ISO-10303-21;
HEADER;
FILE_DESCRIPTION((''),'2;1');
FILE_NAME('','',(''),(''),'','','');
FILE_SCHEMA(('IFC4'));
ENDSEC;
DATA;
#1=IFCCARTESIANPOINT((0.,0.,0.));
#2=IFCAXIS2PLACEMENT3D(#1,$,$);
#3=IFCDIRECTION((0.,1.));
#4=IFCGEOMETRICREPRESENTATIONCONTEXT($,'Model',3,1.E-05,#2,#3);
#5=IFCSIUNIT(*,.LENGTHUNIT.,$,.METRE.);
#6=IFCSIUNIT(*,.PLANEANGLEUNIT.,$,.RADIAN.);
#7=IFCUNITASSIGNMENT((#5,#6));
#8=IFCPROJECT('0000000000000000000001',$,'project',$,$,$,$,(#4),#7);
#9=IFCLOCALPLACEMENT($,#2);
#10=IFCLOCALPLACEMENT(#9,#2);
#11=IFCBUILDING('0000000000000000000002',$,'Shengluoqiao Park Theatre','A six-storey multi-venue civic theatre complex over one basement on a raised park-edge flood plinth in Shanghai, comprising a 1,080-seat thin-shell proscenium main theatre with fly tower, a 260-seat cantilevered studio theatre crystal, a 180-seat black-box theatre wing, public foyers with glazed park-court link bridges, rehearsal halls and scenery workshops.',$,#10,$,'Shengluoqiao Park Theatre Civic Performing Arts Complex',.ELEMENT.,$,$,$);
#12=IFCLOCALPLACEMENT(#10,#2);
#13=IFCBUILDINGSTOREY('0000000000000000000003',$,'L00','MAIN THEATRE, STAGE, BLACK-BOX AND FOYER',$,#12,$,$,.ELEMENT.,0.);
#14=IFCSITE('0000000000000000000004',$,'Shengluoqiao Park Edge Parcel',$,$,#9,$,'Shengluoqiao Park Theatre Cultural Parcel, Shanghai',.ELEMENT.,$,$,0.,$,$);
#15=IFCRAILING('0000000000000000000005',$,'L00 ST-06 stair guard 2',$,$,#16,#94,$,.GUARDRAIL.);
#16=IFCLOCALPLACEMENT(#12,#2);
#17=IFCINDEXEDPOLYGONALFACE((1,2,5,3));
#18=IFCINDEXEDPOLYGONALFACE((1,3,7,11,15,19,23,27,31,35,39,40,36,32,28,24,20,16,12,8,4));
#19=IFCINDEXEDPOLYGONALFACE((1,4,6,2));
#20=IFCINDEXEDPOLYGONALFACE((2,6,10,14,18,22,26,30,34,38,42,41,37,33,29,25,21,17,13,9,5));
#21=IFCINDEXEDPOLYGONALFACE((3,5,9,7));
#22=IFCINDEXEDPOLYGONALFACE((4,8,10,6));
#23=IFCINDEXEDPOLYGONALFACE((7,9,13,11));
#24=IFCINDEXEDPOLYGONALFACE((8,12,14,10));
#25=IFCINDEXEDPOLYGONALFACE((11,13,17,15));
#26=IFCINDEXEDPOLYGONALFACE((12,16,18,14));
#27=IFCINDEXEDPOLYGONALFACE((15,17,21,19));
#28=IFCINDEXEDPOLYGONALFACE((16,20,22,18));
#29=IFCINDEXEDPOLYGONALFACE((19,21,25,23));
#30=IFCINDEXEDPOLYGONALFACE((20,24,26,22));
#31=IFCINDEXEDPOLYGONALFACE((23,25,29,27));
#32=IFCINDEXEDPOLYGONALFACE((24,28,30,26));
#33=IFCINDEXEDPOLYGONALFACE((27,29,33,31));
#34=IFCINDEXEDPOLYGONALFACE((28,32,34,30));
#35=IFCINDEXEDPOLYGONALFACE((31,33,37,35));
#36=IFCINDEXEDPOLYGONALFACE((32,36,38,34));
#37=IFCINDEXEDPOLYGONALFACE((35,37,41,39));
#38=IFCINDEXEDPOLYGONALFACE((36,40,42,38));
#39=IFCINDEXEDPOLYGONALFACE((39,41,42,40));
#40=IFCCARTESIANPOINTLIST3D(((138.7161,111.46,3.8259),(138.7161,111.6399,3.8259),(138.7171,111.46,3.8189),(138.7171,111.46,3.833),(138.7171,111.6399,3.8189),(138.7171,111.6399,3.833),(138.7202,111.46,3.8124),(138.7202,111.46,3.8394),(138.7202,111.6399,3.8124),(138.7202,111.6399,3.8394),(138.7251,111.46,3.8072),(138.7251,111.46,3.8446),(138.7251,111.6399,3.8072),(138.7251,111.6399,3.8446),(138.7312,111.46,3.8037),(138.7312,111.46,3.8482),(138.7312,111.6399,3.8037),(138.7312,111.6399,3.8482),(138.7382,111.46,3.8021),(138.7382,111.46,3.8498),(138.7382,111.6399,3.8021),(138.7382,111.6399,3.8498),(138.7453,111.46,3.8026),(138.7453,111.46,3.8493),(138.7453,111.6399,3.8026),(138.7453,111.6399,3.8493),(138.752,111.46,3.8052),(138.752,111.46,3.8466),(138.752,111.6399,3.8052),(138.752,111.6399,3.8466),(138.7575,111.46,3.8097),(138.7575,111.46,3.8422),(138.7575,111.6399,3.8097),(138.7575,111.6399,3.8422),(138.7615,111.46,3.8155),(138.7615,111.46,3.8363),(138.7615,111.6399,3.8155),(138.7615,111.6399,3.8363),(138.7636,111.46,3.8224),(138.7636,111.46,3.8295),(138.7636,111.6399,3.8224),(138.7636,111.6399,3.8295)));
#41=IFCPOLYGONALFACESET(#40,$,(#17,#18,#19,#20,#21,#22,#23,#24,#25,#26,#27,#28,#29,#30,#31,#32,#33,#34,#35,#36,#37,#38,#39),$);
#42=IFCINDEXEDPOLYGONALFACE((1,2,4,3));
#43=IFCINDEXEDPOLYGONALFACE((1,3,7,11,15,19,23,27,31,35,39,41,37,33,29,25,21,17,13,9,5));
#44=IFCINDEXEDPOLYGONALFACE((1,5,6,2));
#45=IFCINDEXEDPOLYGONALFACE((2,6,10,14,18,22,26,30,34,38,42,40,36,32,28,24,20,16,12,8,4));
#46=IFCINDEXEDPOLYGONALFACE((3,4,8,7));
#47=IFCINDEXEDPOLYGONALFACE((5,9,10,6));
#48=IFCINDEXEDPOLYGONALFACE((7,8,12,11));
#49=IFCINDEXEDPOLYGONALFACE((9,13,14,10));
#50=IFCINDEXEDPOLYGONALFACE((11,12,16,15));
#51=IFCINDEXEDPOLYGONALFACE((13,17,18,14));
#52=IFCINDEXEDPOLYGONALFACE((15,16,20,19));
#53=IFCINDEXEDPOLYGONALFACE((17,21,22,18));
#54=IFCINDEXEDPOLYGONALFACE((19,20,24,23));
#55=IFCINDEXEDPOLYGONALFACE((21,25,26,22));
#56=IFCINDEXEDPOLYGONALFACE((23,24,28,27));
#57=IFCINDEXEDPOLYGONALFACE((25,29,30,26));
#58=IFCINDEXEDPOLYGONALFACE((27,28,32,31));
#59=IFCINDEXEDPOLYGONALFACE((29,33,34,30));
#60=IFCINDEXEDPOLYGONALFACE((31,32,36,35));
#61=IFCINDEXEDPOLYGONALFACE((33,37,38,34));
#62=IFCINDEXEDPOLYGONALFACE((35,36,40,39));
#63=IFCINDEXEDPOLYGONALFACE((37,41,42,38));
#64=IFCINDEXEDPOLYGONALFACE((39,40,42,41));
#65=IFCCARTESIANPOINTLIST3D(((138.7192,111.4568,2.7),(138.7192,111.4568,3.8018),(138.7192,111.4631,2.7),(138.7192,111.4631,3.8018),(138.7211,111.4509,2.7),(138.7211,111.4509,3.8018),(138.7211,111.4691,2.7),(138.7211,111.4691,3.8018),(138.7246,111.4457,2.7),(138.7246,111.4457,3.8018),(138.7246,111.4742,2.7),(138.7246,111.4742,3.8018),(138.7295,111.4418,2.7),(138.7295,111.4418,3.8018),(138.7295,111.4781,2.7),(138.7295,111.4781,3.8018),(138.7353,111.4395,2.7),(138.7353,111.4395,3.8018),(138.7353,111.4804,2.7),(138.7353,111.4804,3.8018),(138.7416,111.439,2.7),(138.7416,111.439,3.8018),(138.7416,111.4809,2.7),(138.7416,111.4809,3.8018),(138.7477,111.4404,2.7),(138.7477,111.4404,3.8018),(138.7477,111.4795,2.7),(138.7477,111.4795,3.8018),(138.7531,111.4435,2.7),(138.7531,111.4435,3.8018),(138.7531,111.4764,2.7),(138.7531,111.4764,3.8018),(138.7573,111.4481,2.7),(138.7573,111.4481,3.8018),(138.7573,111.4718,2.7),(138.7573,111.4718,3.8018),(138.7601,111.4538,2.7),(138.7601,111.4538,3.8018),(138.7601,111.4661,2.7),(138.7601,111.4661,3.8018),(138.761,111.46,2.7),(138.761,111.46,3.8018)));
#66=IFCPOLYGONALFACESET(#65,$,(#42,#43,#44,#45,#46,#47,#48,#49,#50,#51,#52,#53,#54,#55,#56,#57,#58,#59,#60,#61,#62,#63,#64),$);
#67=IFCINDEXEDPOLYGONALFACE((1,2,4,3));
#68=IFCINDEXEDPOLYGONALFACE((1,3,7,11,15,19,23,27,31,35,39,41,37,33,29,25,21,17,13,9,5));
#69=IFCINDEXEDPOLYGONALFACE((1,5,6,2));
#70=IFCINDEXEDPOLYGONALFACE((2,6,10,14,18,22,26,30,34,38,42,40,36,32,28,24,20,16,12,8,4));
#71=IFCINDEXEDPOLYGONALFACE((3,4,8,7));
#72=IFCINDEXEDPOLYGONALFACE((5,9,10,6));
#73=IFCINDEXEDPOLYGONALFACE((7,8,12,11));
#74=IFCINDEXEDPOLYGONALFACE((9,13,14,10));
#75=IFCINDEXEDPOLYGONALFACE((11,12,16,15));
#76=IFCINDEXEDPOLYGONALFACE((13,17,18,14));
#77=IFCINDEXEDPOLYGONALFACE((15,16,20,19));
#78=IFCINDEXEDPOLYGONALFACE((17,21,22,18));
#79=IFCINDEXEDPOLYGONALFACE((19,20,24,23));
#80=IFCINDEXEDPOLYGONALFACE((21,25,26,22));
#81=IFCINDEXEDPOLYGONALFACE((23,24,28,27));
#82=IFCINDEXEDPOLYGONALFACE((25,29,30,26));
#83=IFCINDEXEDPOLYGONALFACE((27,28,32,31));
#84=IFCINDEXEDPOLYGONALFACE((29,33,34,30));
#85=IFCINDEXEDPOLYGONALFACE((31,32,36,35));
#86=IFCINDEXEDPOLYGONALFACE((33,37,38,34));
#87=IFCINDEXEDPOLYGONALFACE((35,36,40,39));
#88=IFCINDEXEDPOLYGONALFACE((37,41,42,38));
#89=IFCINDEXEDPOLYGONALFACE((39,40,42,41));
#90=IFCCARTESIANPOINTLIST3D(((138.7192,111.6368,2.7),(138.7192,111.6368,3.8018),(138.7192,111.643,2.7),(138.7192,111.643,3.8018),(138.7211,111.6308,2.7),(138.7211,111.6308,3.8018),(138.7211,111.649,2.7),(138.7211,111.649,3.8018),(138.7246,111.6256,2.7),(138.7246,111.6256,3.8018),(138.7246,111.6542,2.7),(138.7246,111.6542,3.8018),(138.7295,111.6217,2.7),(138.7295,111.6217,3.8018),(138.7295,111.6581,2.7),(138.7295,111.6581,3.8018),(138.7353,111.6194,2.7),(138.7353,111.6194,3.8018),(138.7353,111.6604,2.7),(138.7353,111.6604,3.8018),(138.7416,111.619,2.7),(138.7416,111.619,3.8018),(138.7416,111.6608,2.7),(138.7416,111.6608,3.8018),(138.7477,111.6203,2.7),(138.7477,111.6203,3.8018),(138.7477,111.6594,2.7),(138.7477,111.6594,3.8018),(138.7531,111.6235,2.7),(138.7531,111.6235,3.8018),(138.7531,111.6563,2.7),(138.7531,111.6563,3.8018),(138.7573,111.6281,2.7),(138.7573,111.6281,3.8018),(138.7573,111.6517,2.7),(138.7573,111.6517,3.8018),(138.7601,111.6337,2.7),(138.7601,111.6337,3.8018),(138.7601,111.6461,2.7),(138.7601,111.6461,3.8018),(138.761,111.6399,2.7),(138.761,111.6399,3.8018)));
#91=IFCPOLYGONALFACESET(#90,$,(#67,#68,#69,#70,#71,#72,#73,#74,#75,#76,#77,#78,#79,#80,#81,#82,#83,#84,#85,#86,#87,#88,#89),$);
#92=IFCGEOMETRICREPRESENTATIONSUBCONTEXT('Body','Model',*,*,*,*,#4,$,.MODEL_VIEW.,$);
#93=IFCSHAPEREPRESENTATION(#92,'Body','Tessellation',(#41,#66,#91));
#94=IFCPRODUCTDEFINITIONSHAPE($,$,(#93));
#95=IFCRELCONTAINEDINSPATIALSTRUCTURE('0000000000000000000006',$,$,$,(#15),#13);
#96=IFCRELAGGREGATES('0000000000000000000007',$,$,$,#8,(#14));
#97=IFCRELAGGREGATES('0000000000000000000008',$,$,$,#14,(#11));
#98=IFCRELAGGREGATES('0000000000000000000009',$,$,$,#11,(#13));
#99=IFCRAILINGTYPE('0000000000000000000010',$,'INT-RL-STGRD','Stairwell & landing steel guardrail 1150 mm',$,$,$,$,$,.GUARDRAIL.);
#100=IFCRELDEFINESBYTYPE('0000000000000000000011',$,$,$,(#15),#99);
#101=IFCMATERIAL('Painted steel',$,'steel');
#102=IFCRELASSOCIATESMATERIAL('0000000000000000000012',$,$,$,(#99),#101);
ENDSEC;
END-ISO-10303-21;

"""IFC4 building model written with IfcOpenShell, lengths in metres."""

from ifc_helpers import new_model, si_unit, direction, frame, origin, origin_2d, place, context, subcontext, project, spatial, circle, extrude, material, type_object, element, save


model = new_model("IFC4")

# Units and contexts
model_context = context("Model", 3, precision=1e-05, world=origin(), true_north=direction((0.0, 1.0)))
body_context = subcontext(model_context, "Body", "Model", "MODEL_VIEW")
ifc_project = project(units=[si_unit("LENGTHUNIT", "METRE"), si_unit("PLANEANGLEUNIT", "RADIAN")], contexts=[model_context])

# Site, building, storey
site_placement = place(None, origin())
site = spatial("IfcSite", under=ifc_project, at=site_placement, Name="Shengluoqiao Park Edge Parcel", LongName="Shengluoqiao Park Theatre Cultural Parcel, Shanghai", CompositionType="ELEMENT", RefElevation=0.0)
building_placement = place(site_placement, origin())
building = spatial("IfcBuilding", under=site, at=building_placement, Name="Shengluoqiao Park Theatre", Description="A six-storey multi-venue civic theatre complex over one basement on a raised park-edge flood plinth in Shanghai, comprising a 1,080-seat thin-shell proscenium main theatre with fly tower, a 260-seat cantilevered studio theatre crystal, a 180-seat black-box theatre wing, public foyers with glazed park-court link bridges, rehearsal halls and scenery workshops.", LongName="Shengluoqiao Park Theatre Civic Performing Arts Complex", CompositionType="ELEMENT")
storey_placement = place(building_placement, origin())
storey = spatial("IfcBuildingStorey", under=building, at=storey_placement, Name="L00", Description="MAIN THEATRE, STAGE, BLACK-BOX AND FOYER", CompositionType="ELEMENT", Elevation=0.0)

# Railing
ifc_material_1 = material(Name="Painted steel", Category="steel")
railing_type_1 = type_object("IfcRailingType", Name="INT-RL-STGRD", Description="Stairwell & landing steel guardrail 1150 mm", PredefinedType="GUARDRAIL", material=ifc_material_1)
railing_1_placement = place(storey_placement, frame((138.74, 111.46, 2.7)))
element("IfcRailing", 1, at=railing_1_placement, inside=storey, type_object=railing_type_1, Name="L00 ST-06 stair guard 2", PredefinedType="GUARDRAIL", context=body_context, shape_type="SweptSolid", body=[
    extrude(circle(Radius=0.0239, at=origin_2d()), frame((0.0, 0.0, 1.126), z_axis=(0.0, 1.0, 0.0), x_axis=(-1.0, 0.0, 0.0)), (0.0, 0.0, 1.0), 0.1799),
    extrude(circle(Radius=0.021, at=origin_2d()), origin(), (0.0, 0.0, 1.0), 1.1018),
    extrude(circle(Radius=0.021, at=origin_2d()), frame((0.0, 0.1799, 0.0)), (0.0, 0.0, 1.0), 1.1018),
])

save(model, "model.ifc")
